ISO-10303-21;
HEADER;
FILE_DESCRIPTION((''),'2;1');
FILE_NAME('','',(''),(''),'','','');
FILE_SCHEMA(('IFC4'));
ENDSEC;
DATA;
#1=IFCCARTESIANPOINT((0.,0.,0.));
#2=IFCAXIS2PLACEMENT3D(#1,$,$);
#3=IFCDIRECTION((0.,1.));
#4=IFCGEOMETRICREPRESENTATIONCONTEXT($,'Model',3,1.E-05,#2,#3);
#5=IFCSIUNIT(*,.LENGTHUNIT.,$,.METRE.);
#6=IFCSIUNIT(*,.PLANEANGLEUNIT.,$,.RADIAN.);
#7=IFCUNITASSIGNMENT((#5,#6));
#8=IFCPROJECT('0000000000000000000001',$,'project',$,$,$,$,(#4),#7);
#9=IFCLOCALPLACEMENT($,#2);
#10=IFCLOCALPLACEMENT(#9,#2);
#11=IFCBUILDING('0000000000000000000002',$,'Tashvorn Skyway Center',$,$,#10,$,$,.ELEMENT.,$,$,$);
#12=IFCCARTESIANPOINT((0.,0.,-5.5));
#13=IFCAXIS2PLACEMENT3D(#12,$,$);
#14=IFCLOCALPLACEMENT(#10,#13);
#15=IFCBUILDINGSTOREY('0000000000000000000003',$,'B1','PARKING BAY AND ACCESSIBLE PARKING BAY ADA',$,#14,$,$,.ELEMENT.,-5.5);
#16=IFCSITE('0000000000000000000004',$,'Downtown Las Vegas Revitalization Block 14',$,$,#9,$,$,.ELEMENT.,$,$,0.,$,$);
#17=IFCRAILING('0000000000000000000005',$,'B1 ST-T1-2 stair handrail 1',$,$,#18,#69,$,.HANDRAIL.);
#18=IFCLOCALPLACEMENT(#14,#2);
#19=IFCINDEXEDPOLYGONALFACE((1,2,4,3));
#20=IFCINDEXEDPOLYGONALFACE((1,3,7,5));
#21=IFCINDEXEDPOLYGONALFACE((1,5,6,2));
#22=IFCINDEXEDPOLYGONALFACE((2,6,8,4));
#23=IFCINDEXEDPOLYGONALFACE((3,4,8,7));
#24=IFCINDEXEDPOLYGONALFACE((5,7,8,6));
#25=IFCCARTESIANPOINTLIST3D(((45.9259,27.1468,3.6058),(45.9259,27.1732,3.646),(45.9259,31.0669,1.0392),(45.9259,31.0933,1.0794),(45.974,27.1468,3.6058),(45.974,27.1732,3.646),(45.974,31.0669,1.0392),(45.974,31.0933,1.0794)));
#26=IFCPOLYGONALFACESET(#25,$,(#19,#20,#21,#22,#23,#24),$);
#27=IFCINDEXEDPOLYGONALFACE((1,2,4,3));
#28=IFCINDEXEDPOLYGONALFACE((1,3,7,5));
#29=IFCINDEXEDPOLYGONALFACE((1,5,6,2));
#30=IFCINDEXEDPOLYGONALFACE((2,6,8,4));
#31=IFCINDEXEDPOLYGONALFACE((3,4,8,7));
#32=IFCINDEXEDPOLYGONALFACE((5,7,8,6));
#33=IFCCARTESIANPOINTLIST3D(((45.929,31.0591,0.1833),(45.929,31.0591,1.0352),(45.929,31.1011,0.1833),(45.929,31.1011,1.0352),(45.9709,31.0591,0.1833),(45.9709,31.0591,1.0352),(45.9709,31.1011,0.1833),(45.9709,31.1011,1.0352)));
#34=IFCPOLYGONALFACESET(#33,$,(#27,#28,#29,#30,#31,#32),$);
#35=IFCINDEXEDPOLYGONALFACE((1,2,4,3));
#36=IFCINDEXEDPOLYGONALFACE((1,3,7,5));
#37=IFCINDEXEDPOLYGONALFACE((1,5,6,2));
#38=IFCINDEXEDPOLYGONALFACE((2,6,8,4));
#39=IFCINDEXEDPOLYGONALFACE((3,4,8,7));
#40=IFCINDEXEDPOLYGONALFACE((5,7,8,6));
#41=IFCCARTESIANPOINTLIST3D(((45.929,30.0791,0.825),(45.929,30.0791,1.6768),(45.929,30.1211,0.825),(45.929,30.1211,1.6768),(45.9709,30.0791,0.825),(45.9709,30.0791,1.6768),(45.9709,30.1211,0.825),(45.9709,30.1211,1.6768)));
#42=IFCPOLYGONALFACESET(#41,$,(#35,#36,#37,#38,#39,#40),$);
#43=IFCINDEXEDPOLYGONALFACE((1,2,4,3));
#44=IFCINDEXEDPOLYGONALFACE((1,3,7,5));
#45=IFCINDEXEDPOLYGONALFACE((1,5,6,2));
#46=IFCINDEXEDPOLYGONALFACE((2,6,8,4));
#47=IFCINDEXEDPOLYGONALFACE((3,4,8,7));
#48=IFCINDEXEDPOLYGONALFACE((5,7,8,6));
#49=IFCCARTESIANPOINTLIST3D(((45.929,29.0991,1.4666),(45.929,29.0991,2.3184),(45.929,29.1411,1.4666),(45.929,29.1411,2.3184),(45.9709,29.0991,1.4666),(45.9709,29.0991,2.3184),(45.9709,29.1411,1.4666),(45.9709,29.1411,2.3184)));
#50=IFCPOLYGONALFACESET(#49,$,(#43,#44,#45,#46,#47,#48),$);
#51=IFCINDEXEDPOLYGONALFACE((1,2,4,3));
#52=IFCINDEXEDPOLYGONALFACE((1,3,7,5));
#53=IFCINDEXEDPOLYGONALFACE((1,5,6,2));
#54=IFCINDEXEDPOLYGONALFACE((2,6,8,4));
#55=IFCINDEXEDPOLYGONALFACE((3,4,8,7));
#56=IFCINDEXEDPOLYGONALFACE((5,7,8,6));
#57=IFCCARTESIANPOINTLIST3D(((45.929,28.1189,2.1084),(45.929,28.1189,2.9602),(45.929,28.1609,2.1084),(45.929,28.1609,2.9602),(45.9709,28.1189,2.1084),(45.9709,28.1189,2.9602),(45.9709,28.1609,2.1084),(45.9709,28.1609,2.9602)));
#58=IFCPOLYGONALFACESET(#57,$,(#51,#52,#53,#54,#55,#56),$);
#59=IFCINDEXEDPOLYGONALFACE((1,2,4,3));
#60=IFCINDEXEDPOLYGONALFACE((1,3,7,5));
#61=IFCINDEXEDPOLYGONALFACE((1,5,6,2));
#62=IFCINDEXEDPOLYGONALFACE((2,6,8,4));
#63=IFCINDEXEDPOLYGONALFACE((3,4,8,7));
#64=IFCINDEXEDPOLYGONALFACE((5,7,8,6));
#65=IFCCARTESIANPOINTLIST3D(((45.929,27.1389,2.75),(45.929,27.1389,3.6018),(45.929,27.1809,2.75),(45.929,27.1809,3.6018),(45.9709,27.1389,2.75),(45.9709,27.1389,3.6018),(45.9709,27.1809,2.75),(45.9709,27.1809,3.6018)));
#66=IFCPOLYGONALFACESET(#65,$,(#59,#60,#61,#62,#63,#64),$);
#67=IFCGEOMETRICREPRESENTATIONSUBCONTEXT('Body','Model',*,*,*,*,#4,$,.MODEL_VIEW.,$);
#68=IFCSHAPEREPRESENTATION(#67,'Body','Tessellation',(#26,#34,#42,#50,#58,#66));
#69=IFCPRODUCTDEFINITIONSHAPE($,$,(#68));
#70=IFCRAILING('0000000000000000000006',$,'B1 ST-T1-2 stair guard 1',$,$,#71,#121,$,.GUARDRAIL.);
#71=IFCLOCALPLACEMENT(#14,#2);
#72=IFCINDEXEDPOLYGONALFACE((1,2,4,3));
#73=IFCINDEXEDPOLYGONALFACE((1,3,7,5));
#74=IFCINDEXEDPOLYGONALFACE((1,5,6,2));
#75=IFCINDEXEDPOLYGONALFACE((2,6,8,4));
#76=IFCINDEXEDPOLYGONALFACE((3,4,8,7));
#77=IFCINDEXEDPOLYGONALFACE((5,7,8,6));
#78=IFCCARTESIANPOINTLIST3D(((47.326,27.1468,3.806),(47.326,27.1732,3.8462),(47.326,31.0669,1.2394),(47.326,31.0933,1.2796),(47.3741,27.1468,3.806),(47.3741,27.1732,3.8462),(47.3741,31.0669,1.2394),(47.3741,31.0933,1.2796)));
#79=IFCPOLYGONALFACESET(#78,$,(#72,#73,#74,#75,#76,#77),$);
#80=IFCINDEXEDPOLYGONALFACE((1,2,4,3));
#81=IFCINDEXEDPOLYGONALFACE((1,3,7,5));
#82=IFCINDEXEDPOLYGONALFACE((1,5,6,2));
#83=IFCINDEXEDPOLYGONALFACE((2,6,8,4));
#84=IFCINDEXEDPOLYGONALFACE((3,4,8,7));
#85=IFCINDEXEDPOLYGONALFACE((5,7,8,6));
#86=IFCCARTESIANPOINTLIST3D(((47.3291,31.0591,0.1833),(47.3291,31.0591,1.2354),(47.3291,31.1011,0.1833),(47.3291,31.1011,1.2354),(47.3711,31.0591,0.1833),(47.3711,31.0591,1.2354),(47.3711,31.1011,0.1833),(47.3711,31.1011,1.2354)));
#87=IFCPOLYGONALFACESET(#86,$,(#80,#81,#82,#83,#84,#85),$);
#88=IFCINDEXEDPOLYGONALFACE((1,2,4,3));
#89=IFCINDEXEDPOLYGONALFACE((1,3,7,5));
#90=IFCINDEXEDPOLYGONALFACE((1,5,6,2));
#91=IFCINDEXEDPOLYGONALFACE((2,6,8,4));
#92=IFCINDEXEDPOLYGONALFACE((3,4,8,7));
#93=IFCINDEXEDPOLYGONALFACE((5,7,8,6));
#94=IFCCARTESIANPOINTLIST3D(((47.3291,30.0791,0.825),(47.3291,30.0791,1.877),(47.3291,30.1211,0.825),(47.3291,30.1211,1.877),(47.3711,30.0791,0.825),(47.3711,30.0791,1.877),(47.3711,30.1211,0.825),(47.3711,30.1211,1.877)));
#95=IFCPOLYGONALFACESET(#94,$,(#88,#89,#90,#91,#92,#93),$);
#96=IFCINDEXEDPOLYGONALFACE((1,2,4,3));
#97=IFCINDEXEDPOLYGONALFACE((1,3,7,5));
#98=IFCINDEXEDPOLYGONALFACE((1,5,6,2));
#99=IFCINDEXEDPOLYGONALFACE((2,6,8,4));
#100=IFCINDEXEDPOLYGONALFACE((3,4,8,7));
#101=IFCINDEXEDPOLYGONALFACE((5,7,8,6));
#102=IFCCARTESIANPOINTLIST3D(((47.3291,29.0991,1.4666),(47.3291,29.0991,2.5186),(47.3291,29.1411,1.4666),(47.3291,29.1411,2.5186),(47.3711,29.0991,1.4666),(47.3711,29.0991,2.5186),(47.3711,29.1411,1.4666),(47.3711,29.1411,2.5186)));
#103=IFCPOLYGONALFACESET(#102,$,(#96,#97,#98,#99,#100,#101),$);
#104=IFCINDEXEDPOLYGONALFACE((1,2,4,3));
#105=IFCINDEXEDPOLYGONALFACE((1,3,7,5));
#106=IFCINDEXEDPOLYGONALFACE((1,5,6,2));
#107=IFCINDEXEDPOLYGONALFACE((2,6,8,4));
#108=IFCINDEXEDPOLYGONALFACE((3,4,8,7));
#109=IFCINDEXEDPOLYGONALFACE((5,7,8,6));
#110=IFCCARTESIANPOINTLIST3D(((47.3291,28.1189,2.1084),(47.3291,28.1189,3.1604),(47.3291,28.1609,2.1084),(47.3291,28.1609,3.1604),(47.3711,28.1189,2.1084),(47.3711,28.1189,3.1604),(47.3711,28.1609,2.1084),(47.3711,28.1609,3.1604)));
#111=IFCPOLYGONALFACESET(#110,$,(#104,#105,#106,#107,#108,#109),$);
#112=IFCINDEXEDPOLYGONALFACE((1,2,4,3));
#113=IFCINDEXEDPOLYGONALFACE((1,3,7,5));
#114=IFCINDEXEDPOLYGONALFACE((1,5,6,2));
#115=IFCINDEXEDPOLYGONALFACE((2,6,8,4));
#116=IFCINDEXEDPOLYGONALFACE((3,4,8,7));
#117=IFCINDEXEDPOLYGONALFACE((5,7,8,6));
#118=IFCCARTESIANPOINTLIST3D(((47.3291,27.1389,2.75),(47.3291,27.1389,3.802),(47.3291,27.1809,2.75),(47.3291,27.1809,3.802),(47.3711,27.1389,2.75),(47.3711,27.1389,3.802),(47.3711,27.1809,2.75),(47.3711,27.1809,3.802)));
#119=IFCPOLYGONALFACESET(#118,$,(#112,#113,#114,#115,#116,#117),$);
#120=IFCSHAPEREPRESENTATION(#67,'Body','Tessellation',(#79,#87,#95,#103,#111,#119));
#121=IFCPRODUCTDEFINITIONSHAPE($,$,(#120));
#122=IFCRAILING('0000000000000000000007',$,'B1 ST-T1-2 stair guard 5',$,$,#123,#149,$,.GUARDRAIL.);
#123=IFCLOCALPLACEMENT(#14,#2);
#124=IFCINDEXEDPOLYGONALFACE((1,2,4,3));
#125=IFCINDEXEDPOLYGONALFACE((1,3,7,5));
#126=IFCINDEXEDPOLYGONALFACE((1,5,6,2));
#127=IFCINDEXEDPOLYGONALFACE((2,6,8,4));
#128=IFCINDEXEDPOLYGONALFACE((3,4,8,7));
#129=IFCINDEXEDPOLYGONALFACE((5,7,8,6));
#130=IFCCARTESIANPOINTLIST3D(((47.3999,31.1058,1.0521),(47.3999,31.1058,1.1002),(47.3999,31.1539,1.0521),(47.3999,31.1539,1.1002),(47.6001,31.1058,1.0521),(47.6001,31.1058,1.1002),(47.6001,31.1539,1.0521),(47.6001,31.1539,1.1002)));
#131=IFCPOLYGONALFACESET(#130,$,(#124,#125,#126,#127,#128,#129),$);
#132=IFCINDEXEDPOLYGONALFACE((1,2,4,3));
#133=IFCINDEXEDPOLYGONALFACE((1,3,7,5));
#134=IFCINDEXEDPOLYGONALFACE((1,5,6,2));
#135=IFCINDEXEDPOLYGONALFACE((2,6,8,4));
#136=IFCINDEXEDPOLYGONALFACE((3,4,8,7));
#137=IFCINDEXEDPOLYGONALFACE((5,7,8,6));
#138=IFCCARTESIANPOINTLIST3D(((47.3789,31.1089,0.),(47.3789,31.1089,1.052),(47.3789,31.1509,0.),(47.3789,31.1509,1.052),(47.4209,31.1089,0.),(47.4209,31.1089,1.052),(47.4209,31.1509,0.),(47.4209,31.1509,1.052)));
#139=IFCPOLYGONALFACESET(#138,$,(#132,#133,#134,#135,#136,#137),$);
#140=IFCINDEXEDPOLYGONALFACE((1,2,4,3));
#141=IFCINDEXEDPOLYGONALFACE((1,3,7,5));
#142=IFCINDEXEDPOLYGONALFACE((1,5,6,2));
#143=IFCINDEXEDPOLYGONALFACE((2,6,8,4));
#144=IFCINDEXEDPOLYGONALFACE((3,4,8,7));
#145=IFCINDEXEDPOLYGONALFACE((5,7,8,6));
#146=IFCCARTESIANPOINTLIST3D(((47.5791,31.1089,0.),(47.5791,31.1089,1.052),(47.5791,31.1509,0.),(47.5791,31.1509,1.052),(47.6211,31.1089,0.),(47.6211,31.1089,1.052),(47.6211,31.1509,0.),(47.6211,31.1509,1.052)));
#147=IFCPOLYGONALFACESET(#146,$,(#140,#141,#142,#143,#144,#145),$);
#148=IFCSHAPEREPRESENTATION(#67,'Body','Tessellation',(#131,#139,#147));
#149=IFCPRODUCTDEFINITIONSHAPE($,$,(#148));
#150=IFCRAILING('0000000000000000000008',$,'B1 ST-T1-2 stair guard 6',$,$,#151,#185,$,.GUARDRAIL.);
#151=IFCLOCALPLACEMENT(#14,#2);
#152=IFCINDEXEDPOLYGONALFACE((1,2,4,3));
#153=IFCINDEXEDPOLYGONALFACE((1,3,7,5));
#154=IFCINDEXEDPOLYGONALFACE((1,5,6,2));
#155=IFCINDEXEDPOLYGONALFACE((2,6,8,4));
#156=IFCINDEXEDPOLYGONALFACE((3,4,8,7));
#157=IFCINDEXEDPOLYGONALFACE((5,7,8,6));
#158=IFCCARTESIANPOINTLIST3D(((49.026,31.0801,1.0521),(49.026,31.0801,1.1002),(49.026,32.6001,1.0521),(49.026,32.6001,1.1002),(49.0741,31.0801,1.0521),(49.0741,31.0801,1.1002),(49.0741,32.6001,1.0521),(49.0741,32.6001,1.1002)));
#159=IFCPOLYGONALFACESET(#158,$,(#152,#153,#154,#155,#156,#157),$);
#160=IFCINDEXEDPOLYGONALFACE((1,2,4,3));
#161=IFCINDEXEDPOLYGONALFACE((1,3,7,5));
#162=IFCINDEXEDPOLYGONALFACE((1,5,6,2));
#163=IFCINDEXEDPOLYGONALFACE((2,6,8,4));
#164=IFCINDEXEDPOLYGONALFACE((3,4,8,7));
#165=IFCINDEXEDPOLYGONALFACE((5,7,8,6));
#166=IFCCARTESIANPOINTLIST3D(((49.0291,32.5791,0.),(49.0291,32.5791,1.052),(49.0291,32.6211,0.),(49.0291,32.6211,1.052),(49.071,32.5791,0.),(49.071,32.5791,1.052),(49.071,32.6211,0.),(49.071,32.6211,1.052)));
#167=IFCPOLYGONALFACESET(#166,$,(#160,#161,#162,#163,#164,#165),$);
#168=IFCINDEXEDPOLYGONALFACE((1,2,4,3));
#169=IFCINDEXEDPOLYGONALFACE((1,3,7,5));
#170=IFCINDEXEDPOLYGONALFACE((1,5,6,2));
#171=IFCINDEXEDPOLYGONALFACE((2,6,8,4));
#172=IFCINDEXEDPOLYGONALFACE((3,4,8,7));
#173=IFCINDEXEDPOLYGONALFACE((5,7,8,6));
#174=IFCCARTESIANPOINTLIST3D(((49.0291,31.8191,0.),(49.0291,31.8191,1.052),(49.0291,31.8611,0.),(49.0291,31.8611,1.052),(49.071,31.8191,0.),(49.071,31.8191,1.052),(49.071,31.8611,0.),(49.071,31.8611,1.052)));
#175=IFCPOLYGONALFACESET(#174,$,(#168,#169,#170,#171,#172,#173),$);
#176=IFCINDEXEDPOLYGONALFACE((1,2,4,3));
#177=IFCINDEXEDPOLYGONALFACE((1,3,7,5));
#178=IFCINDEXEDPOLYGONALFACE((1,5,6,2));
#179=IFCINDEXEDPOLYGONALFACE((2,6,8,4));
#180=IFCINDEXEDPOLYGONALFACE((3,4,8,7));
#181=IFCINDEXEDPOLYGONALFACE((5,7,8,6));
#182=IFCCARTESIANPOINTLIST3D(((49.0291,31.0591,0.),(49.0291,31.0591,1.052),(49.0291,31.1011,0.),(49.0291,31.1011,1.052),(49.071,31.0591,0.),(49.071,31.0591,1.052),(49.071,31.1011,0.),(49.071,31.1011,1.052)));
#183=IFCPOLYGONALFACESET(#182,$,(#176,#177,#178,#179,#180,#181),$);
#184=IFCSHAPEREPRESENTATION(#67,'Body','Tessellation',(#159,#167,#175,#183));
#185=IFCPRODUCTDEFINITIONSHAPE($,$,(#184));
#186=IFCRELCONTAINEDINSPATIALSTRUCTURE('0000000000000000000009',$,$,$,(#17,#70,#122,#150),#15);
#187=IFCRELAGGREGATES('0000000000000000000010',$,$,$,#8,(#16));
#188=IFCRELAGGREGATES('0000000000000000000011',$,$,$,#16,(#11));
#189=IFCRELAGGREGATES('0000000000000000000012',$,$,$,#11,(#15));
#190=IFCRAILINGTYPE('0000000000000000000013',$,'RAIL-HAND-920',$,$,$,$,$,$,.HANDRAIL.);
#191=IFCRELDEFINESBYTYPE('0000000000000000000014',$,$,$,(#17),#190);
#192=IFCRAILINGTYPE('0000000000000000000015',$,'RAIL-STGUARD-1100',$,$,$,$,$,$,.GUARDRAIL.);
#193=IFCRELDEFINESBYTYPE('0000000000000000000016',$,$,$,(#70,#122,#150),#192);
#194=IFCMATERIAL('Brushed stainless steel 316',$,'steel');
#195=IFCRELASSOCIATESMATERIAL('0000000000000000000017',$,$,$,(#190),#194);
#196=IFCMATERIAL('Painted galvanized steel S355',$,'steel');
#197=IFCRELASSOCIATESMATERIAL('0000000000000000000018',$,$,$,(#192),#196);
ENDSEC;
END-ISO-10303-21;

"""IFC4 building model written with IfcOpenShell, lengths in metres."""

from ifc_helpers import new_model, si_unit, direction, frame, origin, origin_2d, place, context, subcontext, project, spatial, rectangle, extrude, material, type_object, element, save


model = new_model("IFC4")

# Units and contexts
model_context = context("Model", 3, precision=1e-05, world=origin(), true_north=direction((0.0, 1.0)))
body_context = subcontext(model_context, "Body", "Model", "MODEL_VIEW")
ifc_project = project(units=[si_unit("LENGTHUNIT", "METRE"), si_unit("PLANEANGLEUNIT", "RADIAN")], contexts=[model_context])

# Site, building, storey
site_placement = place(None, origin())
site = spatial("IfcSite", under=ifc_project, at=site_placement, Name="Downtown Las Vegas Revitalization Block 14", CompositionType="ELEMENT", RefElevation=0.0)
building_placement = place(site_placement, origin())
building = spatial("IfcBuilding", under=site, at=building_placement, Name="Tashvorn Skyway Center", CompositionType="ELEMENT")
storey_placement = place(building_placement, frame((0.0, 0.0, -5.5)))
storey = spatial("IfcBuildingStorey", under=building, at=storey_placement, Name="B1", Description="PARKING BAY AND ACCESSIBLE PARKING BAY ADA", CompositionType="ELEMENT", Elevation=-5.5)

# Railings
ifc_material_1 = material(Name="Brushed stainless steel 316", Category="steel")
railing_type_1 = type_object("IfcRailingType", Name="RAIL-HAND-920", PredefinedType="HANDRAIL", material=ifc_material_1)
railing_1_placement = place(storey_placement, frame((45.95, 31.0801, 0.1833)))
element("IfcRailing", 1, at=railing_1_placement, inside=storey, type_object=railing_type_1, Name="B1 ST-T1-2 stair handrail 1", PredefinedType="HANDRAIL", context=body_context, shape_type="SweptSolid", body=[
    extrude(rectangle(XDim=0.0481, YDim=0.0481, at=origin_2d()), frame((0.0, 0.0, 0.876), z_axis=(0.0, -0.836631, 0.547767), x_axis=(1.0, 0.0, 0.0)), (0.0, 0.0, 1.0), 4.6855),
    extrude(rectangle(XDim=0.042, YDim=0.042, at=origin_2d()), origin(), (0.0, 0.0, 1.0), 0.8518),
    extrude(rectangle(XDim=0.042, YDim=0.042, at=origin_2d()), frame((0.0, -0.98, 0.6416)), (0.0, 0.0, 1.0), 0.8518),
    extrude(rectangle(XDim=0.042, YDim=0.042, at=origin_2d()), frame((0.0, -1.96, 1.2832)), (0.0, 0.0, 1.0), 0.8518),
    extrude(rectangle(XDim=0.042, YDim=0.042, at=origin_2d()), frame((0.0, -2.9402, 1.925)), (0.0, 0.0, 1.0), 0.8518),
    extrude(rectangle(XDim=0.042, YDim=0.042, at=origin_2d()), frame((0.0, -3.9202, 2.5667)), (0.0, 0.0, 1.0), 0.8518),
])
ifc_material_2 = material(Name="Painted galvanized steel S355", Category="steel")
railing_type_2 = type_object("IfcRailingType", Name="RAIL-STGUARD-1100", PredefinedType="GUARDRAIL", material=ifc_material_2)
railing_2_placement = place(storey_placement, frame((47.3501, 31.0801, 0.1833)))
element("IfcRailing", 2, at=railing_2_placement, inside=storey, type_object=railing_type_2, Name="B1 ST-T1-2 stair guard 1", PredefinedType="GUARDRAIL", context=body_context, shape_type="SweptSolid", body=[
    extrude(rectangle(XDim=0.0481, YDim=0.0481, at=origin_2d()), frame((0.0, 0.0, 1.0762), z_axis=(0.0, -0.836631, 0.547767), x_axis=(1.0, 0.0, 0.0)), (0.0, 0.0, 1.0), 4.6855),
    extrude(rectangle(XDim=0.042, YDim=0.042, at=origin_2d()), origin(), (0.0, 0.0, 1.0), 1.052),
    extrude(rectangle(XDim=0.042, YDim=0.042, at=origin_2d()), frame((0.0, -0.98, 0.6416)), (0.0, 0.0, 1.0), 1.052),
    extrude(rectangle(XDim=0.042, YDim=0.042, at=origin_2d()), frame((0.0, -1.96, 1.2832)), (0.0, 0.0, 1.0), 1.052),
    extrude(rectangle(XDim=0.042, YDim=0.042, at=origin_2d()), frame((0.0, -2.9402, 1.925)), (0.0, 0.0, 1.0), 1.052),
    extrude(rectangle(XDim=0.042, YDim=0.042, at=origin_2d()), frame((0.0, -3.9202, 2.5667)), (0.0, 0.0, 1.0), 1.052),
])
railing_3_placement = place(storey_placement, frame((47.3999, 31.1299, 0.0)))
element("IfcRailing", 3, at=railing_3_placement, inside=storey, type_object=railing_type_2, Name="B1 ST-T1-2 stair guard 5", PredefinedType="GUARDRAIL", context=body_context, shape_type="SweptSolid", body=[
    extrude(rectangle(XDim=0.0481, YDim=0.0481, at=origin_2d()), frame((0.0, 0.0, 1.0762), z_axis=(1.0, 0.0, 0.0), x_axis=(0.0, 1.0, 0.0)), (0.0, 0.0, 1.0), 0.2002),
    extrude(rectangle(XDim=0.042, YDim=0.042, at=origin_2d()), origin(), (0.0, 0.0, 1.0), 1.052),
    extrude(rectangle(XDim=0.042, YDim=0.042, at=origin_2d()), frame((0.2002, 0.0, 0.0)), (0.0, 0.0, 1.0), 1.052),
])
railing_4_placement = place(storey_placement, frame((49.05, 32.6001, 0.0)))
element("IfcRailing", 4, at=railing_4_placement, inside=storey, type_object=railing_type_2, Name="B1 ST-T1-2 stair guard 6", PredefinedType="GUARDRAIL", context=body_context, shape_type="SweptSolid", body=[
    extrude(rectangle(XDim=0.0481, YDim=0.0481, at=origin_2d()), frame((0.0, 0.0, 1.0762), z_axis=(0.0, -1.0, 0.0), x_axis=(1.0, 0.0, 0.0)), (0.0, 0.0, 1.0), 1.52),
    extrude(rectangle(XDim=0.042, YDim=0.042, at=origin_2d()), origin(), (0.0, 0.0, 1.0), 1.052),
    extrude(rectangle(XDim=0.042, YDim=0.042, at=origin_2d()), frame((0.0, -0.76, 0.0)), (0.0, 0.0, 1.0), 1.052),
    extrude(rectangle(XDim=0.042, YDim=0.042, at=origin_2d()), frame((0.0, -1.52, 0.0)), (0.0, 0.0, 1.0), 1.052),
])

save(model, "model.ifc")
